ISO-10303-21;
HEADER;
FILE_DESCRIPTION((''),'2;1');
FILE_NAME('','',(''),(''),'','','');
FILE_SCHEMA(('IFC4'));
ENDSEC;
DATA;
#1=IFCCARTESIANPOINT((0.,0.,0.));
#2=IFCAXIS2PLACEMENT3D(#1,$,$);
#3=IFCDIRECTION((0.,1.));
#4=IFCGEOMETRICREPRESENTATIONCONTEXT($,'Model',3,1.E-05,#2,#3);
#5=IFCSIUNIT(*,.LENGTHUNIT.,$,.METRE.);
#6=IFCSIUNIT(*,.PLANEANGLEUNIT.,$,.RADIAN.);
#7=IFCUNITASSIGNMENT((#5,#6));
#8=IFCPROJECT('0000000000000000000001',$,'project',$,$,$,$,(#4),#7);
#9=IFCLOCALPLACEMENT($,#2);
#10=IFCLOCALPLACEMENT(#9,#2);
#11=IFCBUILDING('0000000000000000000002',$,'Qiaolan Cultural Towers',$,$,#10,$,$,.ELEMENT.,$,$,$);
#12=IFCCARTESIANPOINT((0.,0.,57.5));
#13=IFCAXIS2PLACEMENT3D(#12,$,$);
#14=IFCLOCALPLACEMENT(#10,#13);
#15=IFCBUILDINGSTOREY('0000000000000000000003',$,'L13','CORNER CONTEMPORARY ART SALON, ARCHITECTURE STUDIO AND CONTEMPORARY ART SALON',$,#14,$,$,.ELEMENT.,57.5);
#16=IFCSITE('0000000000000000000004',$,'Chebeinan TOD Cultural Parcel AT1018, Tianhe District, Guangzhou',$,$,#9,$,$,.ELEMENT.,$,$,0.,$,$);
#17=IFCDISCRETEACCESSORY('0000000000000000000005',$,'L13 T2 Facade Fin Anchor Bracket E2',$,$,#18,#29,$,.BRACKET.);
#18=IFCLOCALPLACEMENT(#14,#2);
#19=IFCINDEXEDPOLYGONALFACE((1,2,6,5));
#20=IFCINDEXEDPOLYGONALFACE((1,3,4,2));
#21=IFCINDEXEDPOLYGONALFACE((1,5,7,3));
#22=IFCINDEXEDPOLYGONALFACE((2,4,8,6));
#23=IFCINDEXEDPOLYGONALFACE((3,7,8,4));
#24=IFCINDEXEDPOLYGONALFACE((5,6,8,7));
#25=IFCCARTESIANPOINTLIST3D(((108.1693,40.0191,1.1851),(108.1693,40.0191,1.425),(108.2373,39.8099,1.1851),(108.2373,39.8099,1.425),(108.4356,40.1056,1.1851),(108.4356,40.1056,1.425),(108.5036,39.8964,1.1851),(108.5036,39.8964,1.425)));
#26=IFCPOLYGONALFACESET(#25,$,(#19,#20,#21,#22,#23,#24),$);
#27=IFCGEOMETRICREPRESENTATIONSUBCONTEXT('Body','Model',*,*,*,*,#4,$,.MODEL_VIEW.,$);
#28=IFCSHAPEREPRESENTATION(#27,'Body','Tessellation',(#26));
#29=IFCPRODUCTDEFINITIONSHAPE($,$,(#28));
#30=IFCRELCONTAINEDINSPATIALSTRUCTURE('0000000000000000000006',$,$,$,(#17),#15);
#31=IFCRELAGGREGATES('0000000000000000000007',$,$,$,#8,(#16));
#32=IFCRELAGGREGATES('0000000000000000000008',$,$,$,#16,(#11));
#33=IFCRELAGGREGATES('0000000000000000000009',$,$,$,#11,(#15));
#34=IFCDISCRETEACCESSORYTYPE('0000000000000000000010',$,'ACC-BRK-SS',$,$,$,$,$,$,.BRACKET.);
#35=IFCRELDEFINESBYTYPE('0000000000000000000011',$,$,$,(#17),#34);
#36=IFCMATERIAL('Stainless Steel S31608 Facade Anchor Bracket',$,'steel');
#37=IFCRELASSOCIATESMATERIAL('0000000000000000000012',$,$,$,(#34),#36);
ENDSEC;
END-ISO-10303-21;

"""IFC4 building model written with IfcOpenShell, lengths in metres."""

from ifc_helpers import new_model, si_unit, direction, frame, origin, origin_2d, place, context, subcontext, project, spatial, rectangle, extrude, material, type_object, element, save


model = new_model("IFC4")

# Units and contexts
model_context = context("Model", 3, precision=1e-05, world=origin(), true_north=direction((0.0, 1.0)))
body_context = subcontext(model_context, "Body", "Model", "MODEL_VIEW")
ifc_project = project(units=[si_unit("LENGTHUNIT", "METRE"), si_unit("PLANEANGLEUNIT", "RADIAN")], contexts=[model_context])

# Site, building, storey
site_placement = place(None, origin())
site = spatial("IfcSite", under=ifc_project, at=site_placement, Name="Chebeinan TOD Cultural Parcel AT1018, Tianhe District, Guangzhou", CompositionType="ELEMENT", RefElevation=0.0)
building_placement = place(site_placement, origin())
building = spatial("IfcBuilding", under=site, at=building_placement, Name="Qiaolan Cultural Towers", CompositionType="ELEMENT")
storey_placement = place(building_placement, frame((0.0, 0.0, 57.5)))
storey = spatial("IfcBuildingStorey", under=building, at=storey_placement, Name="L13", Description="CORNER CONTEMPORARY ART SALON, ARCHITECTURE STUDIO AND CONTEMPORARY ART SALON", CompositionType="ELEMENT", Elevation=57.5)

# Discrete accessory
ifc_material_1 = material(Name="Stainless Steel S31608 Facade Anchor Bracket", Category="steel")
discrete_accessory_type = type_object("IfcDiscreteAccessoryType", Name="ACC-BRK-SS", PredefinedType="BRACKET", material=ifc_material_1)
for number, where, z_axis, x_axis, name in (
    (1, (108.3364, 39.9578, 1.1851), (0.0, 0.0, 1.0), (0.951057, 0.309017, 0.0), "L13 T2 Facade Fin Anchor Bracket E2"),
):
    element("IfcDiscreteAccessory", number, at=place(storey_placement, frame(where, z_axis=z_axis, x_axis=x_axis)), inside=storey, type_object=discrete_accessory_type, Name=name, PredefinedType="BRACKET", context=body_context, shape_type="SweptSolid", body=[
        extrude(rectangle(XDim=0.28, YDim=0.22, at=origin_2d()), origin(), (0.0, 0.0, 1.0), 0.24),
    ])

save(model, "model.ifc")
